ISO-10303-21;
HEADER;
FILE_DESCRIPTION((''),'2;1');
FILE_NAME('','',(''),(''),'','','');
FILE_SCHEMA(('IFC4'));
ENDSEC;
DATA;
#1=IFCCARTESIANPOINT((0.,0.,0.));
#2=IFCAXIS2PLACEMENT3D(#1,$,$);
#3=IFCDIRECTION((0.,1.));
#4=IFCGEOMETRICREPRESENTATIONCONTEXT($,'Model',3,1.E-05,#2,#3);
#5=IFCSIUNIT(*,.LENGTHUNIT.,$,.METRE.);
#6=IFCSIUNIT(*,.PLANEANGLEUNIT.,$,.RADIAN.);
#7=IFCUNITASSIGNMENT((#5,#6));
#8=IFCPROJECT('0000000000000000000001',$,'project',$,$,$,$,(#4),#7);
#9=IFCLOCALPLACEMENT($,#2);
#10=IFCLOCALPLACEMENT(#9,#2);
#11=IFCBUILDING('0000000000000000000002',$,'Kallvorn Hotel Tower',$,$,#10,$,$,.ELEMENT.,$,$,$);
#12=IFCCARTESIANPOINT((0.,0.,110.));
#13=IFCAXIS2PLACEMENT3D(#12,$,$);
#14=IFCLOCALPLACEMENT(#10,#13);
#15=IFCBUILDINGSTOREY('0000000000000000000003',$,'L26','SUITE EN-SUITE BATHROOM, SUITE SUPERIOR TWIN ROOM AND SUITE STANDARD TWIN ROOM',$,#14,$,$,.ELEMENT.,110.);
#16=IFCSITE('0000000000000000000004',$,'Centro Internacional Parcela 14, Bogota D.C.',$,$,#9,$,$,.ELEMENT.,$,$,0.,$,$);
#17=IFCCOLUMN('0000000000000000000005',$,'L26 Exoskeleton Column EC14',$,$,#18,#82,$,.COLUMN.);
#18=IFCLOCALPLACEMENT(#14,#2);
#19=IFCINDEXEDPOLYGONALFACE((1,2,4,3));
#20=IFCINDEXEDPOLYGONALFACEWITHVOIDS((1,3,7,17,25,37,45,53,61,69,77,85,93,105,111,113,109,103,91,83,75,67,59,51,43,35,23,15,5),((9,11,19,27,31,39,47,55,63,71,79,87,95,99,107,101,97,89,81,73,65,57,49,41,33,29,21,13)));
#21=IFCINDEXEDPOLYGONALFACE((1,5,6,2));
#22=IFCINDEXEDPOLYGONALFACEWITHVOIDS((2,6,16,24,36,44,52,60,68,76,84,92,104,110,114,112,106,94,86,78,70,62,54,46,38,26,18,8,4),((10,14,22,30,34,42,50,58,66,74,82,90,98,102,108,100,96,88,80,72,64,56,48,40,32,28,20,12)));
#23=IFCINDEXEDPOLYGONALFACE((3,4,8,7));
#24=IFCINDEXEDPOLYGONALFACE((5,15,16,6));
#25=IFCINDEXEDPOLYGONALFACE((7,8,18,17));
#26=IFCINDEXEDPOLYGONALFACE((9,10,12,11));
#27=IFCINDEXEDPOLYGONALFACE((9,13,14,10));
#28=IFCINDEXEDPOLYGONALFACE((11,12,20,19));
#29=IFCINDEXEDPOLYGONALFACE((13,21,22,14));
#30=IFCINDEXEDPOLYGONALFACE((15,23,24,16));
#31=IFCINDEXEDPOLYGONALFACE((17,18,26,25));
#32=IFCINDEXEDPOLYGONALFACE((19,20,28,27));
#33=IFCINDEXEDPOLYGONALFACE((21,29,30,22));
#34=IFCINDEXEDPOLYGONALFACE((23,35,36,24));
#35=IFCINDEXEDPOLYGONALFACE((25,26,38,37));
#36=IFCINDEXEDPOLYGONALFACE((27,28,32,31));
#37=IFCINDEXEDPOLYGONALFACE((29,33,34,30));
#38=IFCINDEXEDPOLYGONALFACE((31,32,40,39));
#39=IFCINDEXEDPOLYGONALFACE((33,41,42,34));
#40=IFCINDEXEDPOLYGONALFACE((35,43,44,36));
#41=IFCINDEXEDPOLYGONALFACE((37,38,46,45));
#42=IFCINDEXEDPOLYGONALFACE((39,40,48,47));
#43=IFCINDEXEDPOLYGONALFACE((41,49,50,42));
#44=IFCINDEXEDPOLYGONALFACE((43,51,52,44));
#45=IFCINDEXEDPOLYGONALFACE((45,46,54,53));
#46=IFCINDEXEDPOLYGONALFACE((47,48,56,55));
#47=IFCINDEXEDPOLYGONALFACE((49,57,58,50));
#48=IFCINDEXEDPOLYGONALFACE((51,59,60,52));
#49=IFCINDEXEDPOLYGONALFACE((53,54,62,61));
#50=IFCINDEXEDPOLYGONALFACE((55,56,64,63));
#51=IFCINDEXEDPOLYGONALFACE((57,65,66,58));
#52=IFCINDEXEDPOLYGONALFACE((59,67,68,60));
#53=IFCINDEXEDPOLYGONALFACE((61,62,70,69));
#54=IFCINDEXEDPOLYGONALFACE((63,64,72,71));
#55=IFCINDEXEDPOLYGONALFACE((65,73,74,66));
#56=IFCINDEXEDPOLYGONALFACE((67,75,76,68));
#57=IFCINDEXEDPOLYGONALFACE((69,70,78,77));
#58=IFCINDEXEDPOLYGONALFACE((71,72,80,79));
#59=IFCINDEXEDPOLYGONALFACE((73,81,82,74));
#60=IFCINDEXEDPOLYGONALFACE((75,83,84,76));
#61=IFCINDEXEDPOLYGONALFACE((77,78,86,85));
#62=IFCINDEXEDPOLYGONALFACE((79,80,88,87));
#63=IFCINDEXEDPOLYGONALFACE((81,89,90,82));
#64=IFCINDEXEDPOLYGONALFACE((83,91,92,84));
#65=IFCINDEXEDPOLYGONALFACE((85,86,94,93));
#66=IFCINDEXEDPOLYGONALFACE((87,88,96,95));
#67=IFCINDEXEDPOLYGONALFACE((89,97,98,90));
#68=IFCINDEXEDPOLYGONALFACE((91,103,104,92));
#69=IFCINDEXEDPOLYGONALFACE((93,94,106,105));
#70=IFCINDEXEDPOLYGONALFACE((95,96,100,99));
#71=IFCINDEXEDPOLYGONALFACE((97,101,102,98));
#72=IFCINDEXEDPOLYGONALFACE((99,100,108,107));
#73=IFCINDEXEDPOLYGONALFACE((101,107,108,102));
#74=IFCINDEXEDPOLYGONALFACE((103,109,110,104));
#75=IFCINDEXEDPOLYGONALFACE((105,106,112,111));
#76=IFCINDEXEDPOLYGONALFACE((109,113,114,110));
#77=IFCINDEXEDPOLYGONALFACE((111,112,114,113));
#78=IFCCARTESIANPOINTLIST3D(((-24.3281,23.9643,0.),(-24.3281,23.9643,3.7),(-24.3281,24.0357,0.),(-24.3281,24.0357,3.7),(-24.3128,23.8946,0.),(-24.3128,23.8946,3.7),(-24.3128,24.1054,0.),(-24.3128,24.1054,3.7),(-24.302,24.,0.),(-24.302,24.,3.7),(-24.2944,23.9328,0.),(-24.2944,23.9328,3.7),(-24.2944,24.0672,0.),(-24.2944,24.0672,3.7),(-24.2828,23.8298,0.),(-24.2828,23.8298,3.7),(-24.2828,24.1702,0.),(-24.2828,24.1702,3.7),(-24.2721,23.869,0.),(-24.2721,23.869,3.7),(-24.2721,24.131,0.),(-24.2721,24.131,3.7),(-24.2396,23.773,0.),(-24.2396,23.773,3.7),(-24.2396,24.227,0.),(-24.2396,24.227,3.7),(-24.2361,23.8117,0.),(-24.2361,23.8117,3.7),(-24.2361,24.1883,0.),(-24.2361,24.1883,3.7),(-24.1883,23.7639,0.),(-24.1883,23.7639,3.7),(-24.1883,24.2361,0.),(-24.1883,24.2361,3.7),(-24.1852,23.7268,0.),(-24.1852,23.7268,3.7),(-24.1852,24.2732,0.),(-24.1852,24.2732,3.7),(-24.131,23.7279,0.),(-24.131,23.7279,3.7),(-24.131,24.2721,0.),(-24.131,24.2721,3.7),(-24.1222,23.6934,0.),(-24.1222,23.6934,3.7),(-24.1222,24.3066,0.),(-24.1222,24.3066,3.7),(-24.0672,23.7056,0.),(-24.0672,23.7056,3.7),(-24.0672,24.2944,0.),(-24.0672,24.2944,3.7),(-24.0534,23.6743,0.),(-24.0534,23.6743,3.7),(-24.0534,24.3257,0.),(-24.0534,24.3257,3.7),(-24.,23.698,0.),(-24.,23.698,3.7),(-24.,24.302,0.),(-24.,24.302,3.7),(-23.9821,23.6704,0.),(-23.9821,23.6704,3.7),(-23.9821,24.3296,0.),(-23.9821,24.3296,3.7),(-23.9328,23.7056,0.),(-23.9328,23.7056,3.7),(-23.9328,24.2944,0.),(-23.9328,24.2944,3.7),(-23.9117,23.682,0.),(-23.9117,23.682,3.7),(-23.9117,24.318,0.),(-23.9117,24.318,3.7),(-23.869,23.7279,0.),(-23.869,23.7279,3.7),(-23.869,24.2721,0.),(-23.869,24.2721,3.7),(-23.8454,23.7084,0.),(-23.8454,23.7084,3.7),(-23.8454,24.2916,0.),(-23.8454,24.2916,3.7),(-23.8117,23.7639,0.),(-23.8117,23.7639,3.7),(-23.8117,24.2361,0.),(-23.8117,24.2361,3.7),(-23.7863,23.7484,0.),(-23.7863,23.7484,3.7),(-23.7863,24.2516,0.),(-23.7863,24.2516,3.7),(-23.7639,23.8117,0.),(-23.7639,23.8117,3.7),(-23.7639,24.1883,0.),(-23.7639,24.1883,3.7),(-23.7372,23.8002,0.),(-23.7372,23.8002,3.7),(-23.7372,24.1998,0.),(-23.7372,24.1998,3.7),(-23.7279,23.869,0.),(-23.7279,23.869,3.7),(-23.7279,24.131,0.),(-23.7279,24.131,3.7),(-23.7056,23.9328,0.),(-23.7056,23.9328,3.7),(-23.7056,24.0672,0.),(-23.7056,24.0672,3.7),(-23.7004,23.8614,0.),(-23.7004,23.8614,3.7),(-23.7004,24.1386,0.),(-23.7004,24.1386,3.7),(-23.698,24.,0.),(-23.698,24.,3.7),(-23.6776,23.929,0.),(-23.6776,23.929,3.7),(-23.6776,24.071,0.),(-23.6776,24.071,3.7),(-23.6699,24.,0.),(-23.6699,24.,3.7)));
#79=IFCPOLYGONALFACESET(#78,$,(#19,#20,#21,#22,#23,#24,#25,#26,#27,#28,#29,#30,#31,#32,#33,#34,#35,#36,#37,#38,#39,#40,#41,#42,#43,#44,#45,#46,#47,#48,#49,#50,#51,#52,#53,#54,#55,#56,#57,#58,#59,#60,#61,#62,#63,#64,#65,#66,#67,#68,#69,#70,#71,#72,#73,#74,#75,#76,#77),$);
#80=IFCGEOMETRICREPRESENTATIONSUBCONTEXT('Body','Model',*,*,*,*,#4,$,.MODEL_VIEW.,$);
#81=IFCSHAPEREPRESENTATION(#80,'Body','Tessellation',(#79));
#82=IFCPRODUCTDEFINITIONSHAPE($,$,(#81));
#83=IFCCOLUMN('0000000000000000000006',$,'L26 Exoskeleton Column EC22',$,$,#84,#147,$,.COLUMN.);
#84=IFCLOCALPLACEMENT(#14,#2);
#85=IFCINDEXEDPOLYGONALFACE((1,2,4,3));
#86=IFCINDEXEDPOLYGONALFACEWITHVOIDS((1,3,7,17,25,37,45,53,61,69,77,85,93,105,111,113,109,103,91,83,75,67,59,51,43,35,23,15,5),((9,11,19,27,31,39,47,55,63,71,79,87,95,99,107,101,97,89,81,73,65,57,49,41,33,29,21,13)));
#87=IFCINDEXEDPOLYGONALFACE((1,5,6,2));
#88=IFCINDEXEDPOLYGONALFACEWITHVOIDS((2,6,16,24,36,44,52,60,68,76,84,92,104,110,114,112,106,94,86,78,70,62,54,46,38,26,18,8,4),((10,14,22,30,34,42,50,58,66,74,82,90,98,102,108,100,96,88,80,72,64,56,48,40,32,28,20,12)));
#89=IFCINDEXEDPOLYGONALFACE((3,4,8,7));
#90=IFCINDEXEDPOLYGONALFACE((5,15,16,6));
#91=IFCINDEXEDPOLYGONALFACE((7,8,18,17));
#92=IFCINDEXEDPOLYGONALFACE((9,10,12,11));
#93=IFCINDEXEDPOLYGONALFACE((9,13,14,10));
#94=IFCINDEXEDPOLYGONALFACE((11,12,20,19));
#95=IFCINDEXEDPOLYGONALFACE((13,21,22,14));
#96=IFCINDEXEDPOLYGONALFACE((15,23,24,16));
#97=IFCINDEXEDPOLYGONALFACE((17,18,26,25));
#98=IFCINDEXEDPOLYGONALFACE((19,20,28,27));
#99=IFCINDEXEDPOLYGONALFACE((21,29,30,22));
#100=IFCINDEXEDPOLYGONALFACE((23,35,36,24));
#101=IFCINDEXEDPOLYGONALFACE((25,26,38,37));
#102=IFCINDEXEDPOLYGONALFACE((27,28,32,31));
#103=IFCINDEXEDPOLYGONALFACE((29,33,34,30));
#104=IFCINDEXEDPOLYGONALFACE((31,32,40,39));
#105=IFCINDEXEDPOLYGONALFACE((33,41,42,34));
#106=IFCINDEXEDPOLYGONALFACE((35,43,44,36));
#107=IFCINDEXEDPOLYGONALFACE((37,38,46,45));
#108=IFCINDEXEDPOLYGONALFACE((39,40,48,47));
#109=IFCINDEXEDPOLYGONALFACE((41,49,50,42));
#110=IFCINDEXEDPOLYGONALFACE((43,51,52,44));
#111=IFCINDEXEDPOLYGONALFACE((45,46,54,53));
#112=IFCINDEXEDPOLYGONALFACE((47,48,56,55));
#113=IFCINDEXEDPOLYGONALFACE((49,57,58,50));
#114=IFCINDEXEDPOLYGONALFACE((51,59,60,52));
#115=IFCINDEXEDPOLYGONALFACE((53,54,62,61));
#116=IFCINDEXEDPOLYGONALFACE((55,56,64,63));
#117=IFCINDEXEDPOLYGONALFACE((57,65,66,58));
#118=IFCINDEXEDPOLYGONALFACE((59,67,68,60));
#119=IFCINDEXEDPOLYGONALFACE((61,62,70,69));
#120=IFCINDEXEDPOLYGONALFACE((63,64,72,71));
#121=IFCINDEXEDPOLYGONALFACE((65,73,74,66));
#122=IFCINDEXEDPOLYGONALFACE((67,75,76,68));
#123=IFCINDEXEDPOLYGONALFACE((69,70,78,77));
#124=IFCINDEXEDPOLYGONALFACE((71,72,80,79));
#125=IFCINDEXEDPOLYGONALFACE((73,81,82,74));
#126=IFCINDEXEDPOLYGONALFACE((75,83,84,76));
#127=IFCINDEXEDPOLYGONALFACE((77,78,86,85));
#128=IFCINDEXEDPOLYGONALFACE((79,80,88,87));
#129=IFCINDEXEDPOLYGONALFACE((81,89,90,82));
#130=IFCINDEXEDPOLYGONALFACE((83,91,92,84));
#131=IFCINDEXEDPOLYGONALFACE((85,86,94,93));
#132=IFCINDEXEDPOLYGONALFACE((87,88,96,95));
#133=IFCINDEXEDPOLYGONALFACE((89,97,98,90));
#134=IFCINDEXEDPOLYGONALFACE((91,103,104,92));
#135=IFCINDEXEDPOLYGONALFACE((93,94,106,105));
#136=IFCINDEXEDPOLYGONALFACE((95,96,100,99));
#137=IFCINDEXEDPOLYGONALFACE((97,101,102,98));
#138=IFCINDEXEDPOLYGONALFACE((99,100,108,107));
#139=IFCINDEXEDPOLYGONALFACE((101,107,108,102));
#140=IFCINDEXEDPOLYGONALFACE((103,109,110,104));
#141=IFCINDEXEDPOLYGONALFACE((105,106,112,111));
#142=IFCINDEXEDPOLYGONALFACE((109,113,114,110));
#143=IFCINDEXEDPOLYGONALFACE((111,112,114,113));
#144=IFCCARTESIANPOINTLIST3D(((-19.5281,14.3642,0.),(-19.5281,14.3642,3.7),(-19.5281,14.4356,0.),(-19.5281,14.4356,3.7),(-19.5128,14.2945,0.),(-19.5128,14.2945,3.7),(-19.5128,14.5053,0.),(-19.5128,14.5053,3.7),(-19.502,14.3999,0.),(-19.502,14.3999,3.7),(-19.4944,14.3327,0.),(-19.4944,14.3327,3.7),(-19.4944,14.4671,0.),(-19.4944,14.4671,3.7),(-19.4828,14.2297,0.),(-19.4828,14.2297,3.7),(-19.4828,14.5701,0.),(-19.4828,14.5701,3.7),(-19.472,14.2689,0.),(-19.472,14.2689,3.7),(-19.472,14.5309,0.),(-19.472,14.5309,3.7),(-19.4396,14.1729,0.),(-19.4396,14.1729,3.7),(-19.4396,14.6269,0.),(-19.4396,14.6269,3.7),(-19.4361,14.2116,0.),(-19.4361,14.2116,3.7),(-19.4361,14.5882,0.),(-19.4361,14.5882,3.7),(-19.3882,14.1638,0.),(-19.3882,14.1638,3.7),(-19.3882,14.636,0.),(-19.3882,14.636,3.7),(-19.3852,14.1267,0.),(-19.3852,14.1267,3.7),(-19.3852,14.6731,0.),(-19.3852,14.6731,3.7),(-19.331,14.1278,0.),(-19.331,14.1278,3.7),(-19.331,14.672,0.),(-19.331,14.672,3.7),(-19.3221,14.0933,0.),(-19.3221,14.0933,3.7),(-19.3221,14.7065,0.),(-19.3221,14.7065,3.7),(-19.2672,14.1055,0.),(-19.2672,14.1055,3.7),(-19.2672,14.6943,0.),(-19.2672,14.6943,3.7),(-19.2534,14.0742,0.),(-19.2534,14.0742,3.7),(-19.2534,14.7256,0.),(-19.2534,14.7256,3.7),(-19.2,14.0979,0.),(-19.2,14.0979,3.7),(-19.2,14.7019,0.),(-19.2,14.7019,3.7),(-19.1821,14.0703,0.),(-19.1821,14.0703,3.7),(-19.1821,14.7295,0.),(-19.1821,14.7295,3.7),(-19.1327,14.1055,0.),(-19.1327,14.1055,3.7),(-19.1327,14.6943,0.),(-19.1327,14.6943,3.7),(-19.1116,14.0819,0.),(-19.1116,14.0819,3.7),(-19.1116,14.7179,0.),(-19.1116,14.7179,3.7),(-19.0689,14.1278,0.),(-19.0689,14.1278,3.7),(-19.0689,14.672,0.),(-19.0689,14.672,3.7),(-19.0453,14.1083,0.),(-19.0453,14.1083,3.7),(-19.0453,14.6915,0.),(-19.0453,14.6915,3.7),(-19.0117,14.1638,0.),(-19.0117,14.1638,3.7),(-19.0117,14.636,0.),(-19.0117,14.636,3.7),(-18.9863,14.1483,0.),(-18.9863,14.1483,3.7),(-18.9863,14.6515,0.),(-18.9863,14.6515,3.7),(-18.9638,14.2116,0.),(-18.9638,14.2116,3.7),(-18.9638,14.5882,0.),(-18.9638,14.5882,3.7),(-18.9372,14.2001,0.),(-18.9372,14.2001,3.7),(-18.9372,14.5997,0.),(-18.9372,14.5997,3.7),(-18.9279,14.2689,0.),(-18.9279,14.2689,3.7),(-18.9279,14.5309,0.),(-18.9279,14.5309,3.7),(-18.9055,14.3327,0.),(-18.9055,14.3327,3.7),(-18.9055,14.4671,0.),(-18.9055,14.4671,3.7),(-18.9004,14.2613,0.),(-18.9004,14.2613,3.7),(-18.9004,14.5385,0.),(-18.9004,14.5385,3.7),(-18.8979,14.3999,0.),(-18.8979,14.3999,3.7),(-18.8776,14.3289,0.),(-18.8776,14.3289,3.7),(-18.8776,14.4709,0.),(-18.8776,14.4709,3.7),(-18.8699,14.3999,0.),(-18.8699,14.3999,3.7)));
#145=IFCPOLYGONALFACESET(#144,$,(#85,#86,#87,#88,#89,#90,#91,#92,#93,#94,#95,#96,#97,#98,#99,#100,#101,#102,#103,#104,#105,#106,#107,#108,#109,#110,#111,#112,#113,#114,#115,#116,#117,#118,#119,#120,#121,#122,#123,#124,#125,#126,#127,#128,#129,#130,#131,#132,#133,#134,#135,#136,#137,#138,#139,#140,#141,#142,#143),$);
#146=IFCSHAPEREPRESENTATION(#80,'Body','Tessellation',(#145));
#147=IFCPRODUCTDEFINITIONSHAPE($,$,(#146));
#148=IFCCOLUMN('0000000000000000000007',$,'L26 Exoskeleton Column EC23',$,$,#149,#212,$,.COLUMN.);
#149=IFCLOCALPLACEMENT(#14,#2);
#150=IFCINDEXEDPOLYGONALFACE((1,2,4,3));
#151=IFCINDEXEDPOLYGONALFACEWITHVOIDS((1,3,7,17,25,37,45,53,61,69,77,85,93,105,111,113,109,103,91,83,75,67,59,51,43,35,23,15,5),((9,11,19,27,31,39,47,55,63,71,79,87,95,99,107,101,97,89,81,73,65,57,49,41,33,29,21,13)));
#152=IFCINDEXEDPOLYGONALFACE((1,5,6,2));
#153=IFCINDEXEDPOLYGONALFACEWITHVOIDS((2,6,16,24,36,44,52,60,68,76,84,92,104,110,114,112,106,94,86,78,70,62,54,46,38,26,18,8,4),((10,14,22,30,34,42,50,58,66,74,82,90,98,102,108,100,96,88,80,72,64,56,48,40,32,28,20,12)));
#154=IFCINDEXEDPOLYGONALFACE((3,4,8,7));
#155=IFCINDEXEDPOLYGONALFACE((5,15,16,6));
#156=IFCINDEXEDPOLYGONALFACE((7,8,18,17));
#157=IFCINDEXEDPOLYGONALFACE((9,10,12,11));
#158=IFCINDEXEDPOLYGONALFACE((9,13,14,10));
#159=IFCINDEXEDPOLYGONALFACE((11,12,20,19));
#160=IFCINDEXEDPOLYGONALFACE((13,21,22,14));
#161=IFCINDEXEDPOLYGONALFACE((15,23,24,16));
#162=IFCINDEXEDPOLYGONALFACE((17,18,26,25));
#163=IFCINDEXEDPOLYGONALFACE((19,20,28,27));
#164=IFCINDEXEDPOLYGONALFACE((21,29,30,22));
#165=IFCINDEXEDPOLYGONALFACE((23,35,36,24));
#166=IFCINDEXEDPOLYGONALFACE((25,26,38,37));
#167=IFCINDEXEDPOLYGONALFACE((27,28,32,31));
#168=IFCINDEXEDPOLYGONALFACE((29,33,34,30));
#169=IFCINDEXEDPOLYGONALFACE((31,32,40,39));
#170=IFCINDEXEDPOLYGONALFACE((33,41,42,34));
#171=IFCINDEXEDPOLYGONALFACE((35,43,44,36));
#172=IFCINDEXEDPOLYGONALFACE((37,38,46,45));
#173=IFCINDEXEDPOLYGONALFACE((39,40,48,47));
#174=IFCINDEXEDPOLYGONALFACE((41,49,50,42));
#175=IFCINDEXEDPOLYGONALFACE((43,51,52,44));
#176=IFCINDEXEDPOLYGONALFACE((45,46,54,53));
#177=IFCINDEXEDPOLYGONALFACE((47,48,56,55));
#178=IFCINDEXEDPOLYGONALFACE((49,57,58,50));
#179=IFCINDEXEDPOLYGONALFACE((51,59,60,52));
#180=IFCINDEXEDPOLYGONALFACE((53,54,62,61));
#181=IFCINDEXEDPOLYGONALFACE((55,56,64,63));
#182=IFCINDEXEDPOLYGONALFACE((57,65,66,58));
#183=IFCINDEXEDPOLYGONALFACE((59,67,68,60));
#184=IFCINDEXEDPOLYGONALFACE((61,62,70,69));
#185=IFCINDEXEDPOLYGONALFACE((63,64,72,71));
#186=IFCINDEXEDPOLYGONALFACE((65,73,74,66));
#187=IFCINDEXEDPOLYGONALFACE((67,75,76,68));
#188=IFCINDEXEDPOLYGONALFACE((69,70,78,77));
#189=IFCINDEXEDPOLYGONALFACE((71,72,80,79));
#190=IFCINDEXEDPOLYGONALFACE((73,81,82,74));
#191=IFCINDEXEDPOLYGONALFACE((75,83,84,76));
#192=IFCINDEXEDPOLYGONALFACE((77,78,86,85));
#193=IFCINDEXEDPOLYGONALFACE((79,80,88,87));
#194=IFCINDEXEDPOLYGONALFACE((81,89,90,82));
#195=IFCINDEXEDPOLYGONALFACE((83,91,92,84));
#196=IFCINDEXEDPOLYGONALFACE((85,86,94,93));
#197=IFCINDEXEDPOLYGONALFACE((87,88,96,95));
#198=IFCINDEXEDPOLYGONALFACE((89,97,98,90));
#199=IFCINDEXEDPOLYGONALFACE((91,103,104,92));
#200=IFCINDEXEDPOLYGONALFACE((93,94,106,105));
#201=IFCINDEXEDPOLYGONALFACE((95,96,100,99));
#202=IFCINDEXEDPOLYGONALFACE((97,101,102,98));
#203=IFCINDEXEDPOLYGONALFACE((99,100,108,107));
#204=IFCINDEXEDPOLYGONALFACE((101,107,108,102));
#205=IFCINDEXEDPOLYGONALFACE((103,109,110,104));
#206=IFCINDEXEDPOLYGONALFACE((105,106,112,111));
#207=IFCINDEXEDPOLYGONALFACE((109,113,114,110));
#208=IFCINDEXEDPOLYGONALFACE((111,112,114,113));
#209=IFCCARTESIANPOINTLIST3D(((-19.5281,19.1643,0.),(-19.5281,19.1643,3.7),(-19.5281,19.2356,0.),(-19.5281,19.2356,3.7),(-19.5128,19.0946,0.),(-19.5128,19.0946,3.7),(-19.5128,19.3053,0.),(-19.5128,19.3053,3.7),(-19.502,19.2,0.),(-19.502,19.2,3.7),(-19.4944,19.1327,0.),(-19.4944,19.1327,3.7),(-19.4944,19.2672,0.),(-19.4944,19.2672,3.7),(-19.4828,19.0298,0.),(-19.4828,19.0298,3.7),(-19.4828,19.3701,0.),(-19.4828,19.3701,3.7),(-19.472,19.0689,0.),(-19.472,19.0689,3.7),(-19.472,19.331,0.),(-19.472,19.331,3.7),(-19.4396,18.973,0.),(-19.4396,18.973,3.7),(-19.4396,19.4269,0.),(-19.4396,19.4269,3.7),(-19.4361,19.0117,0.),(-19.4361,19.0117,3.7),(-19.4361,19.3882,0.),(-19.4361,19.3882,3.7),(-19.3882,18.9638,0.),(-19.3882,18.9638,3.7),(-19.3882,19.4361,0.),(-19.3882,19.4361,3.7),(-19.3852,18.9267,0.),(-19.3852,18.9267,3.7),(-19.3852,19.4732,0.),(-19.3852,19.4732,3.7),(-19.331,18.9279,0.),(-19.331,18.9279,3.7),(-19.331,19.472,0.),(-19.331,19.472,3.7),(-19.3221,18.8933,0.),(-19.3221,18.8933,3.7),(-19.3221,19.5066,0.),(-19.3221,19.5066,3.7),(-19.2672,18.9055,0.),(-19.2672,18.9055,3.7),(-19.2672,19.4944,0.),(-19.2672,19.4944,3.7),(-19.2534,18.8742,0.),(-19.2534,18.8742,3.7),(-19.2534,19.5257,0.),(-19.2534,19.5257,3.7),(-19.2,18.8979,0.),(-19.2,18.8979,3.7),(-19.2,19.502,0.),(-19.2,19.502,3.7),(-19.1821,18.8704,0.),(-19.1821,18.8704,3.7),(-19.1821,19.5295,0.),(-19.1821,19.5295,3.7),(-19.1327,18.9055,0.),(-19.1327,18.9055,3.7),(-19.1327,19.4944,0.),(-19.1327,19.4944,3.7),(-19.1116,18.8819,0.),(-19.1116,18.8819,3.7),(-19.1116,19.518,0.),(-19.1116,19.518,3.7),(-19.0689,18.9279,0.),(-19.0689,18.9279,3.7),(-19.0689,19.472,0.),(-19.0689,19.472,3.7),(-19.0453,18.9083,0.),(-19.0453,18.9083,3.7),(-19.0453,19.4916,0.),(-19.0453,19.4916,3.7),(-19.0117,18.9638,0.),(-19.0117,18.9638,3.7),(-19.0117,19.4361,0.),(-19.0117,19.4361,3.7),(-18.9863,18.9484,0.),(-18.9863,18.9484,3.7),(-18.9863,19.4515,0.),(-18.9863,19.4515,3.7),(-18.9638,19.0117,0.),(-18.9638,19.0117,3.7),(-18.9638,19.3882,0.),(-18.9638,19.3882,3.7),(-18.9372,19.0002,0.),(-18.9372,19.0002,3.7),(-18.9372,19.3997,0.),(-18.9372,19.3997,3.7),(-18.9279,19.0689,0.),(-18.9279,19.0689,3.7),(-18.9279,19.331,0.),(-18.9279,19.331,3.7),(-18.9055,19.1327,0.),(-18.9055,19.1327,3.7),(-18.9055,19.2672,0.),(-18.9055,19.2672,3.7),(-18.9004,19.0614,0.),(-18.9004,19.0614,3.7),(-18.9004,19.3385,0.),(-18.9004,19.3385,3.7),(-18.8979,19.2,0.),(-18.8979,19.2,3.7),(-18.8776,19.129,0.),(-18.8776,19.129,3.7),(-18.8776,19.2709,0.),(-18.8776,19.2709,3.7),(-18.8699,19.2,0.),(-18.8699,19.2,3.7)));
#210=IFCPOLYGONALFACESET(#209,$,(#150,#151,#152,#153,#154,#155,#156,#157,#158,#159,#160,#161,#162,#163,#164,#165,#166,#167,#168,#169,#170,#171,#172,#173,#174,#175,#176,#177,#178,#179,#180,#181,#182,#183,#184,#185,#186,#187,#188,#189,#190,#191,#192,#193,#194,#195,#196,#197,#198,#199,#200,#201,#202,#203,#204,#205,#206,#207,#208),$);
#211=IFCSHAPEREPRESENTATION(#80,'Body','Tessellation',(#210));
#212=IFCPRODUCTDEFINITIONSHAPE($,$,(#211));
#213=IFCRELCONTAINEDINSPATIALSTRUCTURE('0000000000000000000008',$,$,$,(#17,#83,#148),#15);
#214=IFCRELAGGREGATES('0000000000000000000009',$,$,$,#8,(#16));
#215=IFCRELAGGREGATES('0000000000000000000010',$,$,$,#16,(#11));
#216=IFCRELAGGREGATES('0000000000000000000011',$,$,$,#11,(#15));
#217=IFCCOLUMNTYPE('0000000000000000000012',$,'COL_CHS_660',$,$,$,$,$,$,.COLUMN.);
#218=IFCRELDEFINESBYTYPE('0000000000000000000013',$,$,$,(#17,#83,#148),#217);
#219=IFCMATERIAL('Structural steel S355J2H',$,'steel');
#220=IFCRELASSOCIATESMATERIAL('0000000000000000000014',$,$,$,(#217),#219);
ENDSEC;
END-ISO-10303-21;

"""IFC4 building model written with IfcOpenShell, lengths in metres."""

from ifc_helpers import new_model, si_unit, direction, frame, origin, origin_2d, place, context, subcontext, project, spatial, hollow_circle, extrude, material, material_profile, profile_set, type_object, element, save


model = new_model("IFC4")

# Units and contexts
model_context = context("Model", 3, precision=1e-05, world=origin(), true_north=direction((0.0, 1.0)))
body_context = subcontext(model_context, "Body", "Model", "MODEL_VIEW")
ifc_project = project(units=[si_unit("LENGTHUNIT", "METRE"), si_unit("PLANEANGLEUNIT", "RADIAN")], contexts=[model_context])

# Site, building, storey
site_placement = place(None, origin())
site = spatial("IfcSite", under=ifc_project, at=site_placement, Name="Centro Internacional Parcela 14, Bogota D.C.", CompositionType="ELEMENT", RefElevation=0.0)
building_placement = place(site_placement, origin())
building = spatial("IfcBuilding", under=site, at=building_placement, Name="Kallvorn Hotel Tower", CompositionType="ELEMENT")
storey_placement = place(building_placement, frame((0.0, 0.0, 110.0)))
storey = spatial("IfcBuildingStorey", under=building, at=storey_placement, Name="L26", Description="SUITE EN-SUITE BATHROOM, SUITE SUPERIOR TWIN ROOM AND SUITE STANDARD TWIN ROOM", CompositionType="ELEMENT", Elevation=110.0)

# Columns
ifc_material_1 = material(Name="Structural steel S355J2H", Category="steel")
ifc_material_profile_1 = material_profile(ifc_material_1, hollow_circle(Radius=0.3301, WallThickness=0.0281, at=origin_2d()), Name="CHS 660x28")
ifc_profile_set_1 = profile_set([ifc_material_profile_1], Name="Structural steel S355J2H")
column_type_1 = type_object("IfcColumnType", Name="COL_CHS_660", PredefinedType="COLUMN", material=ifc_profile_set_1)
for number, where, z_axis, x_axis, name in (
    (1, (-24.0, 24.0, 0.0), (0.0, 0.0, 1.0), (1.0, 0.0, 0.0), "L26 Exoskeleton Column EC14"),
    (2, (-19.2, 14.3999, 0.0), (0.0, 0.0, 1.0), (1.0, 0.0, 0.0), "L26 Exoskeleton Column EC22"),
    (3, (-19.2, 19.2, 0.0), (0.0, 0.0, 1.0), (1.0, 0.0, 0.0), "L26 Exoskeleton Column EC23"),
):
    element("IfcColumn", number, at=place(storey_placement, frame(where, z_axis=z_axis, x_axis=x_axis)), inside=storey, type_object=column_type_1, Name=name, PredefinedType="COLUMN", context=body_context, shape_type="SweptSolid", body=[
        extrude(hollow_circle(Radius=0.3301, WallThickness=0.0281, at=origin_2d()), origin(), (0.0, 0.0, 1.0), 3.7),
    ])

save(model, "model.ifc")
